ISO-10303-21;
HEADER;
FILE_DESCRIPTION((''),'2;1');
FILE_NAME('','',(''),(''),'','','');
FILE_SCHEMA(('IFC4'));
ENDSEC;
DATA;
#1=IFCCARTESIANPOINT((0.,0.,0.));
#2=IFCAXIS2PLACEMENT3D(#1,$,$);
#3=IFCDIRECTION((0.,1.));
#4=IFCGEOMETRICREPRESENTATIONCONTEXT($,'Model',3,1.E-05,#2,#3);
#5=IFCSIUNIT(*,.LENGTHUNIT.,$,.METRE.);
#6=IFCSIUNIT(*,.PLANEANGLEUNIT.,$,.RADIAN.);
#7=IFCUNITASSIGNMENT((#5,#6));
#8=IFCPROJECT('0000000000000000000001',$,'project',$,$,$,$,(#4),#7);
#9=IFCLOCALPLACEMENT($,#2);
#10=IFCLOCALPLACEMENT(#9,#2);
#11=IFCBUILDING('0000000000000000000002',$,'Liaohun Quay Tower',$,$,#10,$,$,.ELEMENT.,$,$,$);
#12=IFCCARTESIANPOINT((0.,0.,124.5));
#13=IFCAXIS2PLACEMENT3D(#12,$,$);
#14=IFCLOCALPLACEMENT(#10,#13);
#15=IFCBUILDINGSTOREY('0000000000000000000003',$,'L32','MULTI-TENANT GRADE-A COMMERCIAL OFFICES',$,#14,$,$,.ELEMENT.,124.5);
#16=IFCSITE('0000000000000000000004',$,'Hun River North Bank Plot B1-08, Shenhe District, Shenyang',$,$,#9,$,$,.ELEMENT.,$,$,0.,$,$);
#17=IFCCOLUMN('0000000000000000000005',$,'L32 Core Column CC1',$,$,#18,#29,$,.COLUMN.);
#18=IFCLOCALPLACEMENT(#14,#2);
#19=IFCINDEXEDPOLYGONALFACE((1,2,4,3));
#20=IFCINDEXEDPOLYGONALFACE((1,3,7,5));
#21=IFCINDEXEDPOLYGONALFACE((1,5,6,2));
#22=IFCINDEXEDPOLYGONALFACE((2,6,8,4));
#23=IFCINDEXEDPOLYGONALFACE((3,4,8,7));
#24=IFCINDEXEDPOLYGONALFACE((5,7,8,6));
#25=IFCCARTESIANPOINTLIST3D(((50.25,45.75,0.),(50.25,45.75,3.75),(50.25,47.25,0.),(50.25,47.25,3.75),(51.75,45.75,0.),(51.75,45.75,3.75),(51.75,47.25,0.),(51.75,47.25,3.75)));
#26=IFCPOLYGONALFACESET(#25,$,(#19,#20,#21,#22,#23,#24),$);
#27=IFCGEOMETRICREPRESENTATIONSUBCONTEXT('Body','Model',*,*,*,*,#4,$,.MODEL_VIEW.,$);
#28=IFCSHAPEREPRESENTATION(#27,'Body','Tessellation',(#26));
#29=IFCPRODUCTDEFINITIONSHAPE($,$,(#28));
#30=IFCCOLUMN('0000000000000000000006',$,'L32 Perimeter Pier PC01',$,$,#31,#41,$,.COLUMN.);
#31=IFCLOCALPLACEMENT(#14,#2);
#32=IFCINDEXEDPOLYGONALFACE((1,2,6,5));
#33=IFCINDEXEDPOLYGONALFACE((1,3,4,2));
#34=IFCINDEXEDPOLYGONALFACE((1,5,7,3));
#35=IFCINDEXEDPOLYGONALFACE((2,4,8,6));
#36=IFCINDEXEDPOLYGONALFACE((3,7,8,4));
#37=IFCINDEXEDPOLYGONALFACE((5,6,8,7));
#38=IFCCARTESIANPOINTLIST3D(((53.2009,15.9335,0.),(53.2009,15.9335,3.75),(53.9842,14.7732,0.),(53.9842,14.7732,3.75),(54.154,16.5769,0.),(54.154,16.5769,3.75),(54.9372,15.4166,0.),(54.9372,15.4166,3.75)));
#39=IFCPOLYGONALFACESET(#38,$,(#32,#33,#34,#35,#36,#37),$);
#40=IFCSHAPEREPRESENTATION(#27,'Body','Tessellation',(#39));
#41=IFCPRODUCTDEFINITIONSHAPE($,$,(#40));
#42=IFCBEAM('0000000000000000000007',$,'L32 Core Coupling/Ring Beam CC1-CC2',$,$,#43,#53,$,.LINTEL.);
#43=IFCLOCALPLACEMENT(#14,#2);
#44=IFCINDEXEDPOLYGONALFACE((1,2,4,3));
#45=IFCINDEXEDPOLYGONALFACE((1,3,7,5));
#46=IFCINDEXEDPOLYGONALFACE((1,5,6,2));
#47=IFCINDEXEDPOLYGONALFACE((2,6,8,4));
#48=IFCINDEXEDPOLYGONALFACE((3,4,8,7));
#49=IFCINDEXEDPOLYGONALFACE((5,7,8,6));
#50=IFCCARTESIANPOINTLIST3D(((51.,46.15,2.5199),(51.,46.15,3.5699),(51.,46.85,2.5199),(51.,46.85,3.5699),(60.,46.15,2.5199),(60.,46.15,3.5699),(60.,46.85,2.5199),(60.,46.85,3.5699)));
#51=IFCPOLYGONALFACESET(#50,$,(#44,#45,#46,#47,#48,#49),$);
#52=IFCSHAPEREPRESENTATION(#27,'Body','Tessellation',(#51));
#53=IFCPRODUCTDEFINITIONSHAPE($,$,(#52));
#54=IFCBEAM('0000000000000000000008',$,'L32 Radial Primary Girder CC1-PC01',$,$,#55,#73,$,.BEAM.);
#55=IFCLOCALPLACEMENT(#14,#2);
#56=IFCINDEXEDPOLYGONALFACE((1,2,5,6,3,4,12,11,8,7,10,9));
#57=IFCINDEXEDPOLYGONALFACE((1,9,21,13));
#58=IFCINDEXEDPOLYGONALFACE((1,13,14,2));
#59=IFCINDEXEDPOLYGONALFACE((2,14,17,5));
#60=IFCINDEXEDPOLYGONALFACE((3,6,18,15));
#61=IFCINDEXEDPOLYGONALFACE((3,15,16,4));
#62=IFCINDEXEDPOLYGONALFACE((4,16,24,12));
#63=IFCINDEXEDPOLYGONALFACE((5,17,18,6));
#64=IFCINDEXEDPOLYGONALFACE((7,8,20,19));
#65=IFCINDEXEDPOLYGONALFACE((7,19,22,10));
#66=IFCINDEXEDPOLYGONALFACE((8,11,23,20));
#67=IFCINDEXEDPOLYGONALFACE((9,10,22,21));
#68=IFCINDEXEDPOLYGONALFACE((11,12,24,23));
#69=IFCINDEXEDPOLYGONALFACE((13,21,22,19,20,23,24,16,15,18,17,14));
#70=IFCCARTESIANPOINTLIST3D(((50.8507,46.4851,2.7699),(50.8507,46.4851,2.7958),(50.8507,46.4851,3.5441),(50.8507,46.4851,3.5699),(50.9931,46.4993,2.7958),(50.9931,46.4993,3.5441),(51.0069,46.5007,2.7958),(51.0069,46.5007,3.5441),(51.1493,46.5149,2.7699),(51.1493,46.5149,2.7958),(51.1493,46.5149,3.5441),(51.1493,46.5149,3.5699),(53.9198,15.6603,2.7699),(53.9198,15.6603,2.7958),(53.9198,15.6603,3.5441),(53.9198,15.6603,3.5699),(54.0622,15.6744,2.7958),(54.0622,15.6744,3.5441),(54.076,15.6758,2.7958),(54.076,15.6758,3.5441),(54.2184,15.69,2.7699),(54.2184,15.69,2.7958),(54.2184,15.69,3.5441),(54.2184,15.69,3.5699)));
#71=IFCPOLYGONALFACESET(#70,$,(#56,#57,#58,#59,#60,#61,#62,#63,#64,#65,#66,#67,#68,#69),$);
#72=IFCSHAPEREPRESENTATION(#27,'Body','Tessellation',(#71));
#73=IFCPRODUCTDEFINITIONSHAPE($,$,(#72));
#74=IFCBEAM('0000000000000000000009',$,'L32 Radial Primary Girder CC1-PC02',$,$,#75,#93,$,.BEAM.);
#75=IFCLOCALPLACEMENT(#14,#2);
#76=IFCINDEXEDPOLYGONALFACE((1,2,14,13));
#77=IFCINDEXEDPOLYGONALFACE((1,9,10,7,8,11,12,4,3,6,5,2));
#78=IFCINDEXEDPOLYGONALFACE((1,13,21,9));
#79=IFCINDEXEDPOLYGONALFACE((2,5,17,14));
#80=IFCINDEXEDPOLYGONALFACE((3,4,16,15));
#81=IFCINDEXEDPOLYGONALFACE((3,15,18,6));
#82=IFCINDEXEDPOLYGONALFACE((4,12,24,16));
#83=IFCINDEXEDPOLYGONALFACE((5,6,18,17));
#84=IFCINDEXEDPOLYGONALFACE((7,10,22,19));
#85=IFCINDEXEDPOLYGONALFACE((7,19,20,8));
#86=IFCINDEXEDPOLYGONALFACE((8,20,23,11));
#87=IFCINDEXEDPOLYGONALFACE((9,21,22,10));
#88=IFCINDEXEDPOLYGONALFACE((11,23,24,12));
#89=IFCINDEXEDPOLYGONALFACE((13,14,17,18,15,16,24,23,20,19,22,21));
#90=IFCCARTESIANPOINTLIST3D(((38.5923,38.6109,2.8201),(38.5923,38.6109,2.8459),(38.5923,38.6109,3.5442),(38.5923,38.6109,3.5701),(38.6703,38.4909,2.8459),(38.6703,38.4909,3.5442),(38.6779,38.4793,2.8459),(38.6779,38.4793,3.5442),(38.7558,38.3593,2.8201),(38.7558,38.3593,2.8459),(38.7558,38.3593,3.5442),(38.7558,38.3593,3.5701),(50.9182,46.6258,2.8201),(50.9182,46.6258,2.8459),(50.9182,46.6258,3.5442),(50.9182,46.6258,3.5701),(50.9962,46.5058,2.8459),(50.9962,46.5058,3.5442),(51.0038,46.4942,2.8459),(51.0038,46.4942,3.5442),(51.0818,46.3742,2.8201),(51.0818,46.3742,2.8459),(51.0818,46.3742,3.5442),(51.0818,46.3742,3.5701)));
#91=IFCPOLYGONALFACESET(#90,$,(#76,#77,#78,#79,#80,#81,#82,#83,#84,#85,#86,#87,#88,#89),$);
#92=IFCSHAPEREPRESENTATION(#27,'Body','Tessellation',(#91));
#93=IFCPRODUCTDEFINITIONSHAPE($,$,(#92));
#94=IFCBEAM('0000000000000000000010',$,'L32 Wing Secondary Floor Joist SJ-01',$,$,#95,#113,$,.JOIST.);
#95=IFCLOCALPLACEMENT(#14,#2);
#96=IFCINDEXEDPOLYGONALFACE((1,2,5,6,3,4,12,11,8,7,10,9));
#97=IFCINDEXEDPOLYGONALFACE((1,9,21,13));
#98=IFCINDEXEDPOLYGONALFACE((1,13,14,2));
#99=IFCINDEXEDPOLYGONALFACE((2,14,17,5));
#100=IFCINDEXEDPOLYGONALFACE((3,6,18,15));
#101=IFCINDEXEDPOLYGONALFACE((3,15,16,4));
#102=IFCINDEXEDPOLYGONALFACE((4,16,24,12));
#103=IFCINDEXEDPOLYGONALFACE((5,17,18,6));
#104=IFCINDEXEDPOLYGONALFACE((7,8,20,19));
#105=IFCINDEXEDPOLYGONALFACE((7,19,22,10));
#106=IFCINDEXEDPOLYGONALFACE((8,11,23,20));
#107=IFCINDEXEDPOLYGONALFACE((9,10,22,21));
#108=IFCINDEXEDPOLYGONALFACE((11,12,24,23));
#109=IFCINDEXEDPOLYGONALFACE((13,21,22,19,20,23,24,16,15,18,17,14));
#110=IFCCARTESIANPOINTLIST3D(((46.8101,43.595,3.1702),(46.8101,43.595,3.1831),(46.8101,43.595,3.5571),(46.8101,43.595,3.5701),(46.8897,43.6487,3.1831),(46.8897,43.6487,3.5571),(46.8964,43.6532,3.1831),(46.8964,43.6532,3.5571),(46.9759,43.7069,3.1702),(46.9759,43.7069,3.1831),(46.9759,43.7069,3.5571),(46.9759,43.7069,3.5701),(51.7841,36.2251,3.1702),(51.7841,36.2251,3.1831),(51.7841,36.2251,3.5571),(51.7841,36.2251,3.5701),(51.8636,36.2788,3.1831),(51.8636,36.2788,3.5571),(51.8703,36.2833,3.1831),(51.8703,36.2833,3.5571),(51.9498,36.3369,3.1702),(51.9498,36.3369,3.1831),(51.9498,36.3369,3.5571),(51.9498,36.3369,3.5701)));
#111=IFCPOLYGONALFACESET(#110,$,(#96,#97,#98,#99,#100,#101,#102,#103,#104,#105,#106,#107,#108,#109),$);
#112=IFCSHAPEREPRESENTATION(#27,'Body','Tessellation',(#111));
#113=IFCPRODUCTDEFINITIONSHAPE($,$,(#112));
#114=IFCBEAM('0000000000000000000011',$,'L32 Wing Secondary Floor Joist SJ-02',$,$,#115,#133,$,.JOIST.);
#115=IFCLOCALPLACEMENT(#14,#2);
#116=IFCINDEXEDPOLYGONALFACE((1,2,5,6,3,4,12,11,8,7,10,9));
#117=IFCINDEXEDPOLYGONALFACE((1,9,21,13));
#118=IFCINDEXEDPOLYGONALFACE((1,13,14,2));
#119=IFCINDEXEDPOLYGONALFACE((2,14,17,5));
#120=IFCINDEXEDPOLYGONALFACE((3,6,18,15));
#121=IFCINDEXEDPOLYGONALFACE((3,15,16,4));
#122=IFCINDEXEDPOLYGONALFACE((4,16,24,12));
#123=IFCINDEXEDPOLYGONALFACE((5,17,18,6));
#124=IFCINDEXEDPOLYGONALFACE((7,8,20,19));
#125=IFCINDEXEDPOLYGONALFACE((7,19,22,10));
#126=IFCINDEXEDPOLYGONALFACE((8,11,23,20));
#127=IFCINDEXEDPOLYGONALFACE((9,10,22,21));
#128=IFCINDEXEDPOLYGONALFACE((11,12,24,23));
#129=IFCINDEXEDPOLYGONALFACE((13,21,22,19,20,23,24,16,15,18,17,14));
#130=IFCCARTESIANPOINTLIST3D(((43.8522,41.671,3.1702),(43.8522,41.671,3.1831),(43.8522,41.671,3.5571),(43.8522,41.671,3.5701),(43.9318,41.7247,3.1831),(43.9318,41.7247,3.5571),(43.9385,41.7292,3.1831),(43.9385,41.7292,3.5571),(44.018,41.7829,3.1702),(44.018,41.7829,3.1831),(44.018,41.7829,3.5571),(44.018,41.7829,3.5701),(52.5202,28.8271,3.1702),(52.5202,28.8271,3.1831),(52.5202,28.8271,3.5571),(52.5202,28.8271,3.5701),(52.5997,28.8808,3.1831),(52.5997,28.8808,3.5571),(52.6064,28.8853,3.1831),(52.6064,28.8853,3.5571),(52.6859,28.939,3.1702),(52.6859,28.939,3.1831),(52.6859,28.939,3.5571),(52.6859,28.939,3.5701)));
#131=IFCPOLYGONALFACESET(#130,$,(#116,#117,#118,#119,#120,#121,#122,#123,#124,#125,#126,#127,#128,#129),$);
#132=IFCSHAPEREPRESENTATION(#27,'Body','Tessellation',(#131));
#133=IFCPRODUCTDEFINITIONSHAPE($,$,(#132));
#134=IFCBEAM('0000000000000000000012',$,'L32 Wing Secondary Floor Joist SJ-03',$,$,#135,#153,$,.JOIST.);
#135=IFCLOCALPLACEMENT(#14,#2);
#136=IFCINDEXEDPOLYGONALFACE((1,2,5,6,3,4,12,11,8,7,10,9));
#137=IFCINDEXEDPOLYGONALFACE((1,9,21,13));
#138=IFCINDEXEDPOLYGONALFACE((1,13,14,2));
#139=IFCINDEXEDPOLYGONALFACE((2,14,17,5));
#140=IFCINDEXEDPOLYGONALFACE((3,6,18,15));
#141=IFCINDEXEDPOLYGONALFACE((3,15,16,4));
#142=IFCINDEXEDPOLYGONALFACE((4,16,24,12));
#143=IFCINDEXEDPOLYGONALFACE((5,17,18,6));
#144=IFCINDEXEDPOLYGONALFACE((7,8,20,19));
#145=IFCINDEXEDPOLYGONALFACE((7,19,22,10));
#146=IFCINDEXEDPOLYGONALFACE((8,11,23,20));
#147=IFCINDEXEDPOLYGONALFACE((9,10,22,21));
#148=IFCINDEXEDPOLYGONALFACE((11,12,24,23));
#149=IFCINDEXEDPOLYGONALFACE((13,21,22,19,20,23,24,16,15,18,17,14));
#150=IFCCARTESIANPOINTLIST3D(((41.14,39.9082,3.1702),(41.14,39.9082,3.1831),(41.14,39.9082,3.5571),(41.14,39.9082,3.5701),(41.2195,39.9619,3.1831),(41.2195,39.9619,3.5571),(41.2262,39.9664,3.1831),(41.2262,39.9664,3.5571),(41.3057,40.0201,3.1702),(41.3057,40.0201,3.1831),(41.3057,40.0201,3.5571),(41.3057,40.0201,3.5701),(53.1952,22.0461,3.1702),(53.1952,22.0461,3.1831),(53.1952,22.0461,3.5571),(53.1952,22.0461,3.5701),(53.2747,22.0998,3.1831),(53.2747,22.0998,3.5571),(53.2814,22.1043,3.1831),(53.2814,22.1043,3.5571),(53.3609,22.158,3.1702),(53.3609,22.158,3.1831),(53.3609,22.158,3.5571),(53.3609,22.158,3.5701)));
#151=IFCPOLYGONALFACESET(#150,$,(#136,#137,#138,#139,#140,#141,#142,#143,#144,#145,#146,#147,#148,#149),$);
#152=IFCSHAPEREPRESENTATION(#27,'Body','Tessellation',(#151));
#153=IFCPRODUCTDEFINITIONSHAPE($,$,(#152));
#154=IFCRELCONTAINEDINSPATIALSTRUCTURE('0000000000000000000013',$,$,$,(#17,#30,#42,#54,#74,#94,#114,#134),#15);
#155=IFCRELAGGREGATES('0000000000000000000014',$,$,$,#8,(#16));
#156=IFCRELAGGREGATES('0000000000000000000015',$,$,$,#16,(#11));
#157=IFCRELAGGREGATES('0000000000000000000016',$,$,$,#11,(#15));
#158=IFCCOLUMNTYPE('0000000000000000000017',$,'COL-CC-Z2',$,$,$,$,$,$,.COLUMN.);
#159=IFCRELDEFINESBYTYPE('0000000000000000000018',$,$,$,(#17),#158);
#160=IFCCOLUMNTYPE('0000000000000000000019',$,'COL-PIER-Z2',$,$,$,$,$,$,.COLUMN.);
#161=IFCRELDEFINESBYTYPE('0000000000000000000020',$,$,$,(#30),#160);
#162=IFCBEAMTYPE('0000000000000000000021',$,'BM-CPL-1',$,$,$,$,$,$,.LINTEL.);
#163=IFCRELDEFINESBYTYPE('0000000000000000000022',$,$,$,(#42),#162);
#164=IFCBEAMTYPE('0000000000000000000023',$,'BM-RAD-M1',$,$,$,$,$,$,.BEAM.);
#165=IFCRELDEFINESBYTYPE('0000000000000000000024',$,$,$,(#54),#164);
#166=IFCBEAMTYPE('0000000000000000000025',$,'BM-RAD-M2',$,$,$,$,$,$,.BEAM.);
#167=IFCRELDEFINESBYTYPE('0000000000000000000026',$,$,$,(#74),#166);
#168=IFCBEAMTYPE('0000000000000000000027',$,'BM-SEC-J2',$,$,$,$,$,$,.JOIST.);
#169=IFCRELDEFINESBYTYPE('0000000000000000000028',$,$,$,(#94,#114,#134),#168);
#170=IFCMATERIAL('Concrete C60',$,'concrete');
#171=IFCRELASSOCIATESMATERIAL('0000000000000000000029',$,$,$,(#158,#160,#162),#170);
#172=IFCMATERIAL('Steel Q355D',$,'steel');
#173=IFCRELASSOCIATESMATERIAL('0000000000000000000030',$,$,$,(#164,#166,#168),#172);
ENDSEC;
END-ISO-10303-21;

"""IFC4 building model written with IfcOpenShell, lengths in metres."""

from ifc_helpers import new_model, si_unit, direction, frame, origin, origin_2d, place, context, subcontext, project, spatial, rectangle, i_section, extrude, source, transform, mapped, material, material_profile, profile_set, type_object, element, save


model = new_model("IFC4")

# Units and contexts
model_context = context("Model", 3, precision=1e-05, world=origin(), true_north=direction((0.0, 1.0)))
body_context = subcontext(model_context, "Body", "Model", "MODEL_VIEW")
ifc_project = project(units=[si_unit("LENGTHUNIT", "METRE"), si_unit("PLANEANGLEUNIT", "RADIAN")], contexts=[model_context])

# Site, building, storey
site_placement = place(None, origin())
site = spatial("IfcSite", under=ifc_project, at=site_placement, Name="Hun River North Bank Plot B1-08, Shenhe District, Shenyang", CompositionType="ELEMENT", RefElevation=0.0)
building_placement = place(site_placement, origin())
building = spatial("IfcBuilding", under=site, at=building_placement, Name="Liaohun Quay Tower", CompositionType="ELEMENT")
storey_placement = place(building_placement, frame((0.0, 0.0, 124.5)))
storey = spatial("IfcBuildingStorey", under=building, at=storey_placement, Name="L32", Description="MULTI-TENANT GRADE-A COMMERCIAL OFFICES", CompositionType="ELEMENT", Elevation=124.5)

# Columns
ifc_material_1 = material(Name="Concrete C60", Category="concrete")
ifc_material_profile_1 = material_profile(ifc_material_1, rectangle(XDim=1.5, YDim=1.5, at=origin_2d()), Name="RC1500x1500")
ifc_profile_set_1 = profile_set([ifc_material_profile_1], Name="Concrete C60")
column_type_1 = type_object("IfcColumnType", Name="COL-CC-Z2", PredefinedType="COLUMN", material=ifc_profile_set_1)
shared_shape_1 = source(origin(), body_context, "Body", "SweptSolid", [
    extrude(rectangle(XDim=1.5, YDim=1.5, at=origin_2d()), origin(), (0.0, 0.0, 1.0), 3.75),
])
column_1_placement = place(storey_placement, frame((51.0, 46.5, 0.0), z_axis=(0.0, 0.0, 1.0), x_axis=(1.0, 0.0, 0.0)))
element("IfcColumn", 1, at=column_1_placement, inside=storey, type_object=column_type_1, Name="L32 Core Column CC1", PredefinedType="COLUMN", context=body_context, shape_type="MappedRepresentation", body=[
    mapped(shared_shape_1, transform((0.0, 0.0, 0.0), x_axis=(1.0, 0.0, 0.0), y_axis=(0.0, 1.0, 0.0), z_axis=(0.0, 0.0, 1.0), scale=1.0)),
])
ifc_material_profile_2 = material_profile(ifc_material_1, rectangle(XDim=1.3999, YDim=1.1499, at=origin_2d()), Name="RC1400x1150")
ifc_profile_set_2 = profile_set([ifc_material_profile_2], Name="Concrete C60")
column_type_2 = type_object("IfcColumnType", Name="COL-PIER-Z2", PredefinedType="COLUMN", material=ifc_profile_set_2)
shared_shape_2 = source(origin(), body_context, "Body", "SweptSolid", [
    extrude(rectangle(XDim=1.3999, YDim=1.1499, at=origin_2d()), origin(), (0.0, 0.0, 1.0), 3.75),
])
column_2_placement = place(storey_placement, frame((54.0691, 15.675, 0.0), z_axis=(0.0, 0.0, 1.0), x_axis=(-0.559482, 0.828842, 0.0)))
element("IfcColumn", 2, at=column_2_placement, inside=storey, type_object=column_type_2, Name="L32 Perimeter Pier PC01", PredefinedType="COLUMN", context=body_context, shape_type="MappedRepresentation", body=[
    mapped(shared_shape_2, transform((0.0, 0.0, 0.0), x_axis=(1.0, 0.0, 0.0), y_axis=(0.0, 1.0, 0.0), z_axis=(0.0, 0.0, 1.0), scale=1.0)),
])

# Beams
ifc_material_profile_3 = material_profile(ifc_material_1, rectangle(XDim=0.7, YDim=1.05, at=origin_2d()), Name="RC700x1050")
ifc_profile_set_3 = profile_set([ifc_material_profile_3], Name="Concrete C60")
beam_type_1 = type_object("IfcBeamType", Name="BM-CPL-1", PredefinedType="LINTEL", material=ifc_profile_set_3)
shared_shape_3 = source(origin(), body_context, "Body", "SweptSolid", [
    extrude(rectangle(XDim=0.7, YDim=1.05, at=origin_2d()), origin(), (0.0, 0.0, 1.0), 9.0),
])
beam_1_placement = place(storey_placement, frame((51.0, 46.5, 3.0449), z_axis=(1.0, 0.0, 0.0), x_axis=(0.0, 1.0, 0.0)))
element("IfcBeam", 3, at=beam_1_placement, inside=storey, type_object=beam_type_1, Name="L32 Core Coupling/Ring Beam CC1-CC2", PredefinedType="LINTEL", context=body_context, shape_type="MappedRepresentation", body=[
    mapped(shared_shape_3, transform((0.0, 0.0, 0.0), x_axis=(1.0, 0.0, 0.0), y_axis=(0.0, 1.0, 0.0), z_axis=(0.0, 0.0, 1.0), scale=1.0)),
])
ifc_material_2 = material(Name="Steel Q355D", Category="steel")
ifc_material_profile_4 = material_profile(ifc_material_2, i_section(OverallWidth=0.3, OverallDepth=0.8, WebThickness=0.0139, FlangeThickness=0.0259, at=origin_2d()), Name="HN800x300x14x26")
ifc_profile_set_4 = profile_set([ifc_material_profile_4], Name="Steel Q355D")
beam_type_2 = type_object("IfcBeamType", Name="BM-RAD-M1", PredefinedType="BEAM", material=ifc_profile_set_4)
shared_shape_4 = source(origin(), body_context, "Body", "SweptSolid", [
    extrude(i_section(OverallWidth=0.3, OverallDepth=0.8, WebThickness=0.0139, FlangeThickness=0.0259, at=origin_2d()), origin(), (0.0, 0.0, 1.0), 30.9773),
])
beam_2_placement = place(storey_placement, frame((51.0, 46.5, 3.1699), z_axis=(0.099075, -0.99508, 0.0), x_axis=(0.99508, 0.099075, 0.0)))
element("IfcBeam", 4, at=beam_2_placement, inside=storey, type_object=beam_type_2, Name="L32 Radial Primary Girder CC1-PC01", PredefinedType="BEAM", context=body_context, shape_type="MappedRepresentation", body=[
    mapped(shared_shape_4, transform((0.0, 0.0, 0.0), x_axis=(1.0, 0.0, 0.0), y_axis=(0.0, 1.0, 0.0), z_axis=(0.0, 0.0, 1.0), scale=1.0)),
])
ifc_material_profile_5 = material_profile(ifc_material_2, i_section(OverallWidth=0.3, OverallDepth=0.75, WebThickness=0.0139, FlangeThickness=0.0259, at=origin_2d()), Name="HN750x300x14x26")
ifc_profile_set_5 = profile_set([ifc_material_profile_5], Name="Steel Q355D")
beam_type_3 = type_object("IfcBeamType", Name="BM-RAD-M2", PredefinedType="BEAM", material=ifc_profile_set_5)
shared_shape_5 = source(origin(), body_context, "Body", "SweptSolid", [
    extrude(i_section(OverallWidth=0.3, OverallDepth=0.75, WebThickness=0.0139, FlangeThickness=0.0259, at=origin_2d()), origin(), (0.0, 0.0, 1.0), 14.7026),
])
beam_3_placement = place(storey_placement, frame((51.0, 46.5, 3.1951), z_axis=(-0.838349, -0.545134, 0.0), x_axis=(0.545134, -0.838349, 0.0)))
element("IfcBeam", 5, at=beam_3_placement, inside=storey, type_object=beam_type_3, Name="L32 Radial Primary Girder CC1-PC02", PredefinedType="BEAM", context=body_context, shape_type="MappedRepresentation", body=[
    mapped(shared_shape_5, transform((0.0, 0.0, 0.0), x_axis=(1.0, 0.0, 0.0), y_axis=(0.0, 1.0, 0.0), z_axis=(0.0, 0.0, 1.0), scale=1.0)),
])
ifc_material_profile_6 = material_profile(ifc_material_2, i_section(OverallWidth=0.2, OverallDepth=0.3999, WebThickness=0.0081, FlangeThickness=0.0129, at=origin_2d()), Name="HN400x200x8x13")
ifc_profile_set_6 = profile_set([ifc_material_profile_6], Name="Steel Q355D")
beam_type_4 = type_object("IfcBeamType", Name="BM-SEC-J2", PredefinedType="JOIST", material=ifc_profile_set_6)
shared_shape_6 = source(origin(), body_context, "Body", "SweptSolid", [
    extrude(i_section(OverallWidth=0.2, OverallDepth=0.3999, WebThickness=0.0081, FlangeThickness=0.0129, at=origin_2d()), origin(), (0.0, 0.0, 1.0), 8.8914),
])
beam_4_placement = place(storey_placement, frame((51.8669, 36.281, 3.3701), z_axis=(-0.559412, 0.82889, 0.0), x_axis=(-0.82889, -0.559412, 0.0)))
element("IfcBeam", 6, at=beam_4_placement, inside=storey, type_object=beam_type_4, Name="L32 Wing Secondary Floor Joist SJ-01", PredefinedType="JOIST", context=body_context, shape_type="MappedRepresentation", body=[
    mapped(shared_shape_6, transform((0.0, 0.0, 0.0), x_axis=(1.0, 0.0, 0.0), y_axis=(0.0, 1.0, 0.0), z_axis=(0.0, 0.0, 1.0), scale=1.0)),
])
shared_shape_7 = source(origin(), body_context, "Body", "SweptSolid", [
    extrude(i_section(OverallWidth=0.2, OverallDepth=0.3999, WebThickness=0.0081, FlangeThickness=0.0129, at=origin_2d()), origin(), (0.0, 0.0, 1.0), 15.4951),
])
beam_5_placement = place(storey_placement, frame((52.603, 28.8831, 3.3701), z_axis=(-0.559396, 0.8289, 0.0), x_axis=(-0.8289, -0.559396, 0.0)))
element("IfcBeam", 7, at=beam_5_placement, inside=storey, type_object=beam_type_4, Name="L32 Wing Secondary Floor Joist SJ-02", PredefinedType="JOIST", context=body_context, shape_type="MappedRepresentation", body=[
    mapped(shared_shape_7, transform((0.0, 0.0, 0.0), x_axis=(1.0, 0.0, 0.0), y_axis=(0.0, 1.0, 0.0), z_axis=(0.0, 0.0, 1.0), scale=1.0)),
])
shared_shape_8 = source(origin(), body_context, "Body", "SweptSolid", [
    extrude(i_section(OverallWidth=0.2, OverallDepth=0.3999, WebThickness=0.0081, FlangeThickness=0.0129, at=origin_2d()), origin(), (0.0, 0.0, 1.0), 21.5496),
])
beam_6_placement = place(storey_placement, frame((53.2781, 22.1021, 3.3701), z_axis=(-0.559418, 0.828886, 0.0), x_axis=(-0.828886, -0.559418, 0.0)))
element("IfcBeam", 8, at=beam_6_placement, inside=storey, type_object=beam_type_4, Name="L32 Wing Secondary Floor Joist SJ-03", PredefinedType="JOIST", context=body_context, shape_type="MappedRepresentation", body=[
    mapped(shared_shape_8, transform((0.0, 0.0, 0.0), x_axis=(1.0, 0.0, 0.0), y_axis=(0.0, 1.0, 0.0), z_axis=(0.0, 0.0, 1.0), scale=1.0)),
])

save(model, "model.ifc")
